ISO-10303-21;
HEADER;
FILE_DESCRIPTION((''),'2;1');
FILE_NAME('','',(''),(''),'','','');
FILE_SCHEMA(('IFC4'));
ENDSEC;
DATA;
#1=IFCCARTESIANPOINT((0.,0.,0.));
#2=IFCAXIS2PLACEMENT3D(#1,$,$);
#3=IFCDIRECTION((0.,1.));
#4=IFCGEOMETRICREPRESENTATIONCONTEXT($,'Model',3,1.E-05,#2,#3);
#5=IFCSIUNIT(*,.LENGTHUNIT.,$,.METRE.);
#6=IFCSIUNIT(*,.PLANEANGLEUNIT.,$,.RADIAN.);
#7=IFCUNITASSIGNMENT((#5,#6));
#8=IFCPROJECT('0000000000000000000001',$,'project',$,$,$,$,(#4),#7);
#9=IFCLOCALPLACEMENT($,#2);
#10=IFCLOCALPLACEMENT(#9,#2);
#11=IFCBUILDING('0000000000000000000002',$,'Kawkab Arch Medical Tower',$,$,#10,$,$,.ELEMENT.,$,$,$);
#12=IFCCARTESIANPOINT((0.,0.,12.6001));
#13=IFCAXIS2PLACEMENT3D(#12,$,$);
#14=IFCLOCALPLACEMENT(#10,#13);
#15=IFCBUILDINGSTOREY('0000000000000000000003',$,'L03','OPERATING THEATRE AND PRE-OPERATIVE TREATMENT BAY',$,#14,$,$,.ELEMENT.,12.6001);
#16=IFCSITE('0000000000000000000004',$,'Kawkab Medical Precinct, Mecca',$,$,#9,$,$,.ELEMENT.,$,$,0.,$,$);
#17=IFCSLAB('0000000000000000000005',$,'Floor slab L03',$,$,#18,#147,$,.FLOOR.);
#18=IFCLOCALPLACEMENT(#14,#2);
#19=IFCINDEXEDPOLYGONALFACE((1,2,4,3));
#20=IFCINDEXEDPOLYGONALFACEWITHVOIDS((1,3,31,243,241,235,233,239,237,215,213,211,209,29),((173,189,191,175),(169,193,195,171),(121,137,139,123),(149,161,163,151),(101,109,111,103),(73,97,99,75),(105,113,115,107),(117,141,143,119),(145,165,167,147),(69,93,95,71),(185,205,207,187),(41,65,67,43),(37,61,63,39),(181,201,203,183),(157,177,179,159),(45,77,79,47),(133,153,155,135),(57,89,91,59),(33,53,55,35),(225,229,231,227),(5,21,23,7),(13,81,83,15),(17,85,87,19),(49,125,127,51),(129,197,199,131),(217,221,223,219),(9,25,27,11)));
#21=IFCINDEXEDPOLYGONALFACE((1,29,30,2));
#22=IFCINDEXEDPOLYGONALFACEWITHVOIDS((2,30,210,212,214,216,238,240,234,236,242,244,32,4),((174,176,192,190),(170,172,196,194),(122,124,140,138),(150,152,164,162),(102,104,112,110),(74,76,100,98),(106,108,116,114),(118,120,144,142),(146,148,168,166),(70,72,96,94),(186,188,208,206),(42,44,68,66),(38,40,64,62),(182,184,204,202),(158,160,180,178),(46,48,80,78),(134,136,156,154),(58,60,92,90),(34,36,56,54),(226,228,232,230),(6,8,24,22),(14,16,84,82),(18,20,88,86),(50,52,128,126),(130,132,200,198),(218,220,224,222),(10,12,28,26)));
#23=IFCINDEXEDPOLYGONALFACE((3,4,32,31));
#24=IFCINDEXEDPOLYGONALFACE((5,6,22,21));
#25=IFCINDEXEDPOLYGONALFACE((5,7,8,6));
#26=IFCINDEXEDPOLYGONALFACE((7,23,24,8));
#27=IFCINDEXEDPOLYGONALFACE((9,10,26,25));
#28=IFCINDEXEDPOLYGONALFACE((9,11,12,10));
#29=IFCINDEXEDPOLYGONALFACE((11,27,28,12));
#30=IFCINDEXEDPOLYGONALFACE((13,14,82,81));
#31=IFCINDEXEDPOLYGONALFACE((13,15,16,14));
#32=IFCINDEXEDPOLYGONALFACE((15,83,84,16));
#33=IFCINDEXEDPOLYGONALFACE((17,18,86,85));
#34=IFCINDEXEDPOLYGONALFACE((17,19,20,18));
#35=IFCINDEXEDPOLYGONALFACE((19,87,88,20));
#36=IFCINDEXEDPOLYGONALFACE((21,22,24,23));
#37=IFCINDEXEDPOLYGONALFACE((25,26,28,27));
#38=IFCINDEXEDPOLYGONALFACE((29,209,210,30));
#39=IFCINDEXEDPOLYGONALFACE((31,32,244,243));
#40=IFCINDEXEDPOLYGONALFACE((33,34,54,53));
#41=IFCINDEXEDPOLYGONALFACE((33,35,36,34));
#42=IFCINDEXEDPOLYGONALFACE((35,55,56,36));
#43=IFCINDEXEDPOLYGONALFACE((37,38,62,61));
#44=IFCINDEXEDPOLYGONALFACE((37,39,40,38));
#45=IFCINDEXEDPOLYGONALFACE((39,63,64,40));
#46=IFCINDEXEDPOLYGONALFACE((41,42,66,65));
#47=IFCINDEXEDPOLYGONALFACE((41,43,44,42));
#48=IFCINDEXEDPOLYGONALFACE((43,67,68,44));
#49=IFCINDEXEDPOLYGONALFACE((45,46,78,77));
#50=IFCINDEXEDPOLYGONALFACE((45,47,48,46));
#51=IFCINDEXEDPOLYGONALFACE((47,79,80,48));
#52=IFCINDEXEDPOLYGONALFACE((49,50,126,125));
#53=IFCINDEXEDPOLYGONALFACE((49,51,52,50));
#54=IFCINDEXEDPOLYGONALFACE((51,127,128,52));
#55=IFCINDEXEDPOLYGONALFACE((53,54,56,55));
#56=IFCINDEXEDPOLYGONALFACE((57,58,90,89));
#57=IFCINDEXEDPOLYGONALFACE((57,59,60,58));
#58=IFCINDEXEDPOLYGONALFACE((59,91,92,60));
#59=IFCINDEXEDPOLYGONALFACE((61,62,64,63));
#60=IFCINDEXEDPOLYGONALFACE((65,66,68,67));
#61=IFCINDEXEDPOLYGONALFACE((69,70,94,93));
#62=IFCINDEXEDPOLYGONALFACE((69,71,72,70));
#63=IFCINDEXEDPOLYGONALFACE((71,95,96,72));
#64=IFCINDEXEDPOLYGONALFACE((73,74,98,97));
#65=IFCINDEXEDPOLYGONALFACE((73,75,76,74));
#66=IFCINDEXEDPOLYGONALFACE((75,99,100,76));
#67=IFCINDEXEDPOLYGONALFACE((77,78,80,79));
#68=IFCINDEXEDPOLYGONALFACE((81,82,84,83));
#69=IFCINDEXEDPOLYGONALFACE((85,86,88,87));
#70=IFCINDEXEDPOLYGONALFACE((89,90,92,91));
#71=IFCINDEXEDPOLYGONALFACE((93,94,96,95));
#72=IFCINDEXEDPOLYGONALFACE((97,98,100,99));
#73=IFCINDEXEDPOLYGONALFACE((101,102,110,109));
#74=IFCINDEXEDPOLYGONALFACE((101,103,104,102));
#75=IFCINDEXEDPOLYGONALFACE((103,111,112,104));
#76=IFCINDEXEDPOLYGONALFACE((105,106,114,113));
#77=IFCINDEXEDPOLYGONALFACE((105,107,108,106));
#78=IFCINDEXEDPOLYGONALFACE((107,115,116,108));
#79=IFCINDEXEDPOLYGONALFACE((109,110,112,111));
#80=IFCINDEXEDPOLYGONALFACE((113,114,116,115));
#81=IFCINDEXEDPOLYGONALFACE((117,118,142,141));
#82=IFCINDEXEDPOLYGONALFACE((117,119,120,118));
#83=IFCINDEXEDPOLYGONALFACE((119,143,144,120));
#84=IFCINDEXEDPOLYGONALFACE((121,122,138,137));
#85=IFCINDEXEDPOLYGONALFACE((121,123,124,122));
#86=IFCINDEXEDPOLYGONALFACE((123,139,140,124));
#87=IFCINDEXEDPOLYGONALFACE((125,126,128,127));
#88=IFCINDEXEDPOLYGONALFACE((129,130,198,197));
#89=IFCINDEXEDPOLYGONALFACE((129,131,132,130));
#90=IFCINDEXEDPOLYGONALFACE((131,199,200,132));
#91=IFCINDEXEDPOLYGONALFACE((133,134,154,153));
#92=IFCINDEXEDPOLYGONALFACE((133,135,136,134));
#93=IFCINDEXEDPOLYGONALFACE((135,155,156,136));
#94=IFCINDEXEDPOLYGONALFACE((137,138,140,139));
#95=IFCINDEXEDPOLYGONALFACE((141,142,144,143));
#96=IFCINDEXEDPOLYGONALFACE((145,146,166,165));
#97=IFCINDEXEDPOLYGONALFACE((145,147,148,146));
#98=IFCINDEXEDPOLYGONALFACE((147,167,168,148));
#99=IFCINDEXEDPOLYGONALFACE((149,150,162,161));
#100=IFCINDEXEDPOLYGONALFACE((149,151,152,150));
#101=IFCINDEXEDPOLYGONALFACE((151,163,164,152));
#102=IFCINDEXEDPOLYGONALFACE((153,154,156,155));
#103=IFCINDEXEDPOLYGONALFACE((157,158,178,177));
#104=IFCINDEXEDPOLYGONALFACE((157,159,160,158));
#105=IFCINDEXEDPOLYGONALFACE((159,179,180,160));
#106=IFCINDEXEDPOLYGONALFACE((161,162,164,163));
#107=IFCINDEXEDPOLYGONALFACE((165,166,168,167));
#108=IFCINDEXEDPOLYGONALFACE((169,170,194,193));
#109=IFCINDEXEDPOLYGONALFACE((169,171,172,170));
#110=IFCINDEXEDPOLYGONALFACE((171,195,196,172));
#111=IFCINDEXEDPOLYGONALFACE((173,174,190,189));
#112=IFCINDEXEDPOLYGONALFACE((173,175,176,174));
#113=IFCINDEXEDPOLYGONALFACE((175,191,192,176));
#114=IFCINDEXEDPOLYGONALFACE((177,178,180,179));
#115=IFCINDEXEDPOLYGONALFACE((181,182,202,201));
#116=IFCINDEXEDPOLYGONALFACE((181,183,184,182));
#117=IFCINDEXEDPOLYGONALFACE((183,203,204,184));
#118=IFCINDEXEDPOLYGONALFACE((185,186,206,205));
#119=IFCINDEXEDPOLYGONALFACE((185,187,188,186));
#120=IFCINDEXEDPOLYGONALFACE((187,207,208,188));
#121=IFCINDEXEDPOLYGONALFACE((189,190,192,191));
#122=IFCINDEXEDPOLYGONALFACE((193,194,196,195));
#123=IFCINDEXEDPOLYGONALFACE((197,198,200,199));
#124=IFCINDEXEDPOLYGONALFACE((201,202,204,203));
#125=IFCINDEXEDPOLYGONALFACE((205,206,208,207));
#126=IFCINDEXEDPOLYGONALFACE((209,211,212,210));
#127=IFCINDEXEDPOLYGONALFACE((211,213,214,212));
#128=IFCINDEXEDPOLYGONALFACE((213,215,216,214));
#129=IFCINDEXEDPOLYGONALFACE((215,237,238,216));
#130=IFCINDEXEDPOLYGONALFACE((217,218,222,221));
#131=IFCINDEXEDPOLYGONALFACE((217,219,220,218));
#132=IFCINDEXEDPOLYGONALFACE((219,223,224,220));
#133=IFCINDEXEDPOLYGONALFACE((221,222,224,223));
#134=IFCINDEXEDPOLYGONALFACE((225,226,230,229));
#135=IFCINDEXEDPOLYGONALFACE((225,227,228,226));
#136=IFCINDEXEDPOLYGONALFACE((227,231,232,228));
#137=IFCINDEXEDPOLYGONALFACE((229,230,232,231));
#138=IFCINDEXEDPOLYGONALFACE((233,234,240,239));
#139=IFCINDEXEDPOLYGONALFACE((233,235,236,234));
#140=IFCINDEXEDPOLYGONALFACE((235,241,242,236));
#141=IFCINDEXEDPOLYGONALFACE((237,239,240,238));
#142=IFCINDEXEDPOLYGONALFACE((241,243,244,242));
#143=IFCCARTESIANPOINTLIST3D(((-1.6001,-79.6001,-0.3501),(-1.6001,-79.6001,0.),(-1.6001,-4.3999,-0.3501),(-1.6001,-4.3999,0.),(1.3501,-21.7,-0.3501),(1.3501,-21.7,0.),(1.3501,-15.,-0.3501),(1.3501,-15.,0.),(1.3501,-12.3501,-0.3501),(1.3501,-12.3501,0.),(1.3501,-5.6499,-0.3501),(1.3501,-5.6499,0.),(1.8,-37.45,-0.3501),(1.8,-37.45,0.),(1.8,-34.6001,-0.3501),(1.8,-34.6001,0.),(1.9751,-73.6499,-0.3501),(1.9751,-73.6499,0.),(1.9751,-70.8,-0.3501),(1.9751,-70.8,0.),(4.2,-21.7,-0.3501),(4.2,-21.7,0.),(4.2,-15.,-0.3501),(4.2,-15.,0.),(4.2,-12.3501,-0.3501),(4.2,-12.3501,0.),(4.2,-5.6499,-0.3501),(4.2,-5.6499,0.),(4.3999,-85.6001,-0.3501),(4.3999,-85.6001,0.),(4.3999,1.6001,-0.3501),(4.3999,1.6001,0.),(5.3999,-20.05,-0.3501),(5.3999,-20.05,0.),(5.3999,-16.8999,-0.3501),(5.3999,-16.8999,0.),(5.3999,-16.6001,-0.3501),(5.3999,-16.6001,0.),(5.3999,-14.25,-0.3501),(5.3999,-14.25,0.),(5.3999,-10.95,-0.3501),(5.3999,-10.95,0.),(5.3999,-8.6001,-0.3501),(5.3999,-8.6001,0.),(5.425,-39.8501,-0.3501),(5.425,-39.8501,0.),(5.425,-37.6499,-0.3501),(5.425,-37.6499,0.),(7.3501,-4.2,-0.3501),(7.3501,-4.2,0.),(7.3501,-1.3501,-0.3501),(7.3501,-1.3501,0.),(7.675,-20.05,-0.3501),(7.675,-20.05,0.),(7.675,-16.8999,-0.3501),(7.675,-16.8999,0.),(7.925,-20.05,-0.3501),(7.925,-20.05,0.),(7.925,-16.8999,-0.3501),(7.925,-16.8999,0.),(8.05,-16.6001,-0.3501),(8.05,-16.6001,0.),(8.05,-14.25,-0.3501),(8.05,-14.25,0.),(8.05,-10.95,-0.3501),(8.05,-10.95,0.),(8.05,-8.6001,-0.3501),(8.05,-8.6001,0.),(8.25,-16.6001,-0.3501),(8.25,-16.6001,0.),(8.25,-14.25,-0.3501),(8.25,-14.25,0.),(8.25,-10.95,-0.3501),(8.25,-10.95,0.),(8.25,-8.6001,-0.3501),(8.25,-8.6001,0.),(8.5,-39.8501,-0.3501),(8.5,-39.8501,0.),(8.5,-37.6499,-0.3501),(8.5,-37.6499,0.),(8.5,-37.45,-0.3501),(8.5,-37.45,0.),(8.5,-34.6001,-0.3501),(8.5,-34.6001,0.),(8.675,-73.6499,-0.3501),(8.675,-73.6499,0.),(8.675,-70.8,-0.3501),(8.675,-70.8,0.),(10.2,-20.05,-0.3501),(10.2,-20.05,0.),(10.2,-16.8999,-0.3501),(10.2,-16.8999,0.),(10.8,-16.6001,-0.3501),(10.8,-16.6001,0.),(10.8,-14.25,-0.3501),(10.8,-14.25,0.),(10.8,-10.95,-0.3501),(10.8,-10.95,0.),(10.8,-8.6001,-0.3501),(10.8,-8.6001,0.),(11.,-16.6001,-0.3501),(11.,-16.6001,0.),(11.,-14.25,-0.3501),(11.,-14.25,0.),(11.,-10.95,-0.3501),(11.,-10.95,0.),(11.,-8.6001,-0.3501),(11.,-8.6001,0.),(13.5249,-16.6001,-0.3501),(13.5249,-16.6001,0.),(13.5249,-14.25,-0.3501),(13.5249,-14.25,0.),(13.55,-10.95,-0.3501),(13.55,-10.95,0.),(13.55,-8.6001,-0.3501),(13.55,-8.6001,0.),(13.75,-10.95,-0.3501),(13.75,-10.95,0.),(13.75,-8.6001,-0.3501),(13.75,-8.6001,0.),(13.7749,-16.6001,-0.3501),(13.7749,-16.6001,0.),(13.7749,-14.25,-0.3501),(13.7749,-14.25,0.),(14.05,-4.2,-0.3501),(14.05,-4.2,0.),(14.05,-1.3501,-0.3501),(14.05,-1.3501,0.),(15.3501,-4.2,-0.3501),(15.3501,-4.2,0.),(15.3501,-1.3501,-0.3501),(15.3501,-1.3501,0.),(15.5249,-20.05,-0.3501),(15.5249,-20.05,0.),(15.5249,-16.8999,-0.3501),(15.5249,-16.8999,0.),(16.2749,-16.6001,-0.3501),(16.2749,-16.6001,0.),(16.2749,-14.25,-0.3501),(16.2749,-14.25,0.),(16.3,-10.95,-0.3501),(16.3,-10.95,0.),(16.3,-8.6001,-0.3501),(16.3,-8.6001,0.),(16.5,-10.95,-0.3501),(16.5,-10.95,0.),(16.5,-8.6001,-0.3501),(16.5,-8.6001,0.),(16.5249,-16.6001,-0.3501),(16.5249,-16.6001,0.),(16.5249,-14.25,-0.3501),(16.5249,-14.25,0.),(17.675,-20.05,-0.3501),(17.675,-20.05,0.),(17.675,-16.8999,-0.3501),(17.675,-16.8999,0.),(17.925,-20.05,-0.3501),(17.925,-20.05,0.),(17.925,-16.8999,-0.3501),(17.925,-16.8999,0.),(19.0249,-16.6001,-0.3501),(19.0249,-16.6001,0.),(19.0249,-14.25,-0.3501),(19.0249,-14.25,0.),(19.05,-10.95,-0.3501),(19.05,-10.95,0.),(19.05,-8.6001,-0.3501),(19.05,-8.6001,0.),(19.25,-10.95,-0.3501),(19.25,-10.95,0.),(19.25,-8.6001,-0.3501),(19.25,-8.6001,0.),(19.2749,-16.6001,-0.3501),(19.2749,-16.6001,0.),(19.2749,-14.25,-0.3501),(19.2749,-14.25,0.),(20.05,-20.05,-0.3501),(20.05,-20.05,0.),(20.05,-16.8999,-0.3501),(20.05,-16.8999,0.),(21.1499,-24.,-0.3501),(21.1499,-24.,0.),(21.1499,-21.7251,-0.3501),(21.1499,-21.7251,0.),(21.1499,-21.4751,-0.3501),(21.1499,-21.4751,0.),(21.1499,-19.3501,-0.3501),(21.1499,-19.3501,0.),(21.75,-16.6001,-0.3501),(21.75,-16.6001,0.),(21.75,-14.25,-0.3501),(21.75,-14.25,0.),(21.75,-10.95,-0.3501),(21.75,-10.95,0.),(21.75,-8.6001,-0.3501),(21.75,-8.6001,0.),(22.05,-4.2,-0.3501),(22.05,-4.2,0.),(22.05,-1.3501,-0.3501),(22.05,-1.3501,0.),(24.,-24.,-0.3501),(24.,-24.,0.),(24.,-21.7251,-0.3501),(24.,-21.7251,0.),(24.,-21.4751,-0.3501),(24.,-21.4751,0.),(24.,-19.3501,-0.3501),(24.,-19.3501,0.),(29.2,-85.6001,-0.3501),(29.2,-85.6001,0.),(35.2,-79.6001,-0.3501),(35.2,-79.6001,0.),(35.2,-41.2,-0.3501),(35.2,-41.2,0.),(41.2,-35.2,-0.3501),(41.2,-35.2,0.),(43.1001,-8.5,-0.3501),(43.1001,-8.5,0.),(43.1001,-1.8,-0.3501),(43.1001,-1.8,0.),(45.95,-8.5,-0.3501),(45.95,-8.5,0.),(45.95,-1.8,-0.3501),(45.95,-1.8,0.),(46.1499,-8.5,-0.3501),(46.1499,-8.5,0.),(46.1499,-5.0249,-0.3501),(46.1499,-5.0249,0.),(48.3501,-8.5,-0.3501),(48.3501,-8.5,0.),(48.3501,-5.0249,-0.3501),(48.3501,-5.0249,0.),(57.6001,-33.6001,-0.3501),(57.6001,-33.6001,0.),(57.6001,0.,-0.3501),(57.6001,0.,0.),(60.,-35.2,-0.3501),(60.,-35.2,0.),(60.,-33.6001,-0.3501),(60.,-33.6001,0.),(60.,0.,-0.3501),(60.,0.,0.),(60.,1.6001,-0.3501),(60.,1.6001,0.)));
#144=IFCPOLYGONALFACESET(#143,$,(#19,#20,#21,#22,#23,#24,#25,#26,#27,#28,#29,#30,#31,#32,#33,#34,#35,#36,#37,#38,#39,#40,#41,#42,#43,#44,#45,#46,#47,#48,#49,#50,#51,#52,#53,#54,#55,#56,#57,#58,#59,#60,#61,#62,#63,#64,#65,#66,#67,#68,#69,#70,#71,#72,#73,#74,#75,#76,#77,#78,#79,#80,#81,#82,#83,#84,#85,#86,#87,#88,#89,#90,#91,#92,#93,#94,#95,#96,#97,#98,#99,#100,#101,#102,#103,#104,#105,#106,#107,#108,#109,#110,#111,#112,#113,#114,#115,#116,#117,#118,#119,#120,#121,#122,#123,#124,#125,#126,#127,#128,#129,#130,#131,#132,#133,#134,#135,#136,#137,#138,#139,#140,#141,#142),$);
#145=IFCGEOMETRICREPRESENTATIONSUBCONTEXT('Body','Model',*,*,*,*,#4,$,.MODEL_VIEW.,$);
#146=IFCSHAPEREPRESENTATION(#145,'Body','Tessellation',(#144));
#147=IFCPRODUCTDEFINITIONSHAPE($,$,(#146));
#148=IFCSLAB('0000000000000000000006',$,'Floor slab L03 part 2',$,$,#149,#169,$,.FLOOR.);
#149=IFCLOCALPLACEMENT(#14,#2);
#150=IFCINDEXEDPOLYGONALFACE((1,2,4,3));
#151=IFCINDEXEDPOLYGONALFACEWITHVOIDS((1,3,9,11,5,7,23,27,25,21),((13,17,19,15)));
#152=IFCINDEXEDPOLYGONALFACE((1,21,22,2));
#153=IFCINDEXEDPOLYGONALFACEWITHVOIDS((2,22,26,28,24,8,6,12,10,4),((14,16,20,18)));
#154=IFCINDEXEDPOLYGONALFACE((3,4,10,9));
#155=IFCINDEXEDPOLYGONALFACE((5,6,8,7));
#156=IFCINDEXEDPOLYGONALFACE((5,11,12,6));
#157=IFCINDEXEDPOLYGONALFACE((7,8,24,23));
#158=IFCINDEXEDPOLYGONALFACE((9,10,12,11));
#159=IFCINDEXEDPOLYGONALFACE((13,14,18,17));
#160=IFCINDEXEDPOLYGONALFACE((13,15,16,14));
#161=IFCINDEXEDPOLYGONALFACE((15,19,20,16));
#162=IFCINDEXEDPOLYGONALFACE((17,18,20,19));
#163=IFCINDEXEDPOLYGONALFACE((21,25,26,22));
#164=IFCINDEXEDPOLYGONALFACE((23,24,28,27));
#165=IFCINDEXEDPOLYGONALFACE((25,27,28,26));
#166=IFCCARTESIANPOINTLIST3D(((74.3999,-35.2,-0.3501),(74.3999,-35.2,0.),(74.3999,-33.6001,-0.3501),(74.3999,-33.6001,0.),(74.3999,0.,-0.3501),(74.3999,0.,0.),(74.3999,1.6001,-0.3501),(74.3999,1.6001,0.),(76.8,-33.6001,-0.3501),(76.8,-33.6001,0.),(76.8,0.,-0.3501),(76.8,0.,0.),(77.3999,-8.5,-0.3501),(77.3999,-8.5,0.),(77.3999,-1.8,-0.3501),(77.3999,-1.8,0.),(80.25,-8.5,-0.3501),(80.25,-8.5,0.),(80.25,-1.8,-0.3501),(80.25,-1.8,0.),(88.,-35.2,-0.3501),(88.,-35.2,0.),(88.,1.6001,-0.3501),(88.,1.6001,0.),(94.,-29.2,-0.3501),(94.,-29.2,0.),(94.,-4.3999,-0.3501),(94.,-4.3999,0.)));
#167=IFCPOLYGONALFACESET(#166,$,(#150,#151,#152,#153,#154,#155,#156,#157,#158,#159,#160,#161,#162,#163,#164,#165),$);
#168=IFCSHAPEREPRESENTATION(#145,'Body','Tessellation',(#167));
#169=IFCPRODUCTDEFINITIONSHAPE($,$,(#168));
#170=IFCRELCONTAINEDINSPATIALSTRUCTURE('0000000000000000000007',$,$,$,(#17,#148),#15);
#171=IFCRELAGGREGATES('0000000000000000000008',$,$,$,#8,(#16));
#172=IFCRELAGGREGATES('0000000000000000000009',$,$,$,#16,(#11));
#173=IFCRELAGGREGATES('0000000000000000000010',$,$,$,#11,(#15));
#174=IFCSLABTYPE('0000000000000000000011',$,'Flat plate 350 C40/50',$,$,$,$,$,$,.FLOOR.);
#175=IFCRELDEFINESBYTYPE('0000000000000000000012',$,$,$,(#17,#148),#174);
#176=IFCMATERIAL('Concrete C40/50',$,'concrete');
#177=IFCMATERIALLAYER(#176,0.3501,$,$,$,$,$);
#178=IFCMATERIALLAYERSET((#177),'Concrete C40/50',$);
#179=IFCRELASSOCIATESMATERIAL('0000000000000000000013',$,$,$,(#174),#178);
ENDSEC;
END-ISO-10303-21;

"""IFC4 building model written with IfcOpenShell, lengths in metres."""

from ifc_helpers import new_model, si_unit, direction, frame, origin, place, context, subcontext, project, spatial, polyline, outline, extrude, material, layer, layer_set, type_object, element, save


model = new_model("IFC4")

# Units and contexts
model_context = context("Model", 3, precision=1e-05, world=origin(), true_north=direction((0.0, 1.0)))
body_context = subcontext(model_context, "Body", "Model", "MODEL_VIEW")
ifc_project = project(units=[si_unit("LENGTHUNIT", "METRE"), si_unit("PLANEANGLEUNIT", "RADIAN")], contexts=[model_context])

# Site, building, storey
site_placement = place(None, origin())
site = spatial("IfcSite", under=ifc_project, at=site_placement, Name="Kawkab Medical Precinct, Mecca", CompositionType="ELEMENT", RefElevation=0.0)
building_placement = place(site_placement, origin())
building = spatial("IfcBuilding", under=site, at=building_placement, Name="Kawkab Arch Medical Tower", CompositionType="ELEMENT")
storey_placement = place(building_placement, frame((0.0, 0.0, 12.6001)))
storey = spatial("IfcBuildingStorey", under=building, at=storey_placement, Name="L03", Description="OPERATING THEATRE AND PRE-OPERATIVE TREATMENT BAY", CompositionType="ELEMENT", Elevation=12.6001)

# Slabs
ifc_material_1 = material(Name="Concrete C40/50", Category="concrete")
ifc_layer_1 = layer(ifc_material_1, 0.3501)
ifc_layer_set_1 = layer_set([ifc_layer_1], Name="Concrete C40/50")
slab_type = type_object("IfcSlabType", Name="Flat plate 350 C40/50", PredefinedType="FLOOR", material=ifc_layer_set_1)
placement_1 = place(storey_placement, frame((0.0, 0.0, -0.3501)))
element("IfcSlab", 1, at=placement_1, inside=storey, type_object=slab_type, Name="Floor slab L03", PredefinedType="FLOOR", context=body_context, shape_type="SweptSolid", body=[
    extrude(outline(polyline([(29.2, -85.6001), (4.3999, -85.6001), (-1.6001, -79.6001), (-1.6001, -4.3999), (4.3999, 1.6001), (60.0, 1.6001), (60.0, 0.0), (57.6001, 0.0), (57.6001, -33.6001), (60.0, -33.6001), (60.0, -35.2), (41.2, -35.2), (35.2, -41.2), (35.2, -79.6001), (29.2, -85.6001)]), holes=[polyline([(8.675, -70.8), (1.9751, -70.8), (1.9751, -73.6499), (8.675, -73.6499), (8.675, -70.8)]), polyline([(5.425, -37.6499), (5.425, -39.8501), (8.5, -39.8501), (8.5, -37.6499), (5.425, -37.6499)]), polyline([(8.5, -37.45), (8.5, -34.6001), (1.8, -34.6001), (1.8, -37.45), (8.5, -37.45)]), polyline([(5.3999, -20.05), (7.675, -20.05), (7.675, -16.8999), (5.3999, -16.8999), (5.3999, -20.05)]), polyline([(10.2, -16.8999), (7.925, -16.8999), (7.925, -20.05), (10.2, -20.05), (10.2, -16.8999)]), polyline([(4.2, -15.0), (1.3501, -15.0), (1.3501, -21.7), (4.2, -21.7), (4.2, -15.0)]), polyline([(5.3999, -16.6001), (8.05, -16.6001), (8.05, -14.25), (5.3999, -14.25), (5.3999, -16.6001)]), polyline([(10.8, -16.6001), (10.8, -14.25), (8.25, -14.25), (8.25, -16.6001), (10.8, -16.6001)]), polyline([(13.5249, -14.25), (11.0, -14.25), (11.0, -16.6001), (13.5249, -16.6001), (13.5249, -14.25)]), polyline([(5.3999, -10.95), (8.05, -10.95), (8.05, -8.6001), (5.3999, -8.6001), (5.3999, -10.95)]), polyline([(10.8, -10.95), (10.8, -8.6001), (8.25, -8.6001), (8.25, -10.95), (10.8, -10.95)]), polyline([(11.0, -8.6001), (11.0, -10.95), (13.55, -10.95), (13.55, -8.6001), (11.0, -8.6001)]), polyline([(4.2, -5.6499), (1.3501, -5.6499), (1.3501, -12.3501), (4.2, -12.3501), (4.2, -5.6499)]), polyline([(14.05, -4.2), (14.05, -1.3501), (7.3501, -1.3501), (7.3501, -4.2), (14.05, -4.2)]), polyline([(21.1499, -21.7251), (21.1499, -24.0), (24.0, -24.0), (24.0, -21.7251), (21.1499, -21.7251)]), polyline([(24.0, -19.3501), (21.1499, -19.3501), (21.1499, -21.4751), (24.0, -21.4751), (24.0, -19.3501)]), polyline([(17.675, -16.8999), (15.5249, -16.8999), (15.5249, -20.05), (17.675, -20.05), (17.675, -16.8999)]), polyline([(20.05, -16.8999), (17.925, -16.8999), (17.925, -20.05), (20.05, -20.05), (20.05, -16.8999)]), polyline([(16.2749, -16.6001), (16.2749, -14.25), (13.7749, -14.25), (13.7749, -16.6001), (16.2749, -16.6001)]), polyline([(19.0249, -16.6001), (19.0249, -14.25), (16.5249, -14.25), (16.5249, -16.6001), (19.0249, -16.6001)]), polyline([(21.75, -14.25), (19.2749, -14.25), (19.2749, -16.6001), (21.75, -16.6001), (21.75, -14.25)]), polyline([(13.75, -8.6001), (13.75, -10.95), (16.3, -10.95), (16.3, -8.6001), (13.75, -8.6001)]), polyline([(19.05, -8.6001), (16.5, -8.6001), (16.5, -10.95), (19.05, -10.95), (19.05, -8.6001)]), polyline([(19.25, -8.6001), (19.25, -10.95), (21.75, -10.95), (21.75, -8.6001), (19.25, -8.6001)]), polyline([(46.1499, -8.5), (48.3501, -8.5), (48.3501, -5.0249), (46.1499, -5.0249), (46.1499, -8.5)]), polyline([(43.1001, -8.5), (45.95, -8.5), (45.95, -1.8), (43.1001, -1.8), (43.1001, -8.5)]), polyline([(15.3501, -1.3501), (15.3501, -4.2), (22.05, -4.2), (22.05, -1.3501), (15.3501, -1.3501)])]), origin(), (0.0, 0.0, 1.0), 0.3501),
])
element("IfcSlab", 2, at=placement_1, inside=storey, type_object=slab_type, Name="Floor slab L03 part 2", PredefinedType="FLOOR", context=body_context, shape_type="SweptSolid", body=[
    extrude(outline(polyline([(88.0, -35.2), (74.3999, -35.2), (74.3999, -33.6001), (76.8, -33.6001), (76.8, 0.0), (74.3999, 0.0), (74.3999, 1.6001), (88.0, 1.6001), (94.0, -4.3999), (94.0, -29.2), (88.0, -35.2)]), holes=[polyline([(77.3999, -8.5), (80.25, -8.5), (80.25, -1.8), (77.3999, -1.8), (77.3999, -8.5)])]), origin(), (0.0, 0.0, 1.0), 0.3501),
])

save(model, "model.ifc")
